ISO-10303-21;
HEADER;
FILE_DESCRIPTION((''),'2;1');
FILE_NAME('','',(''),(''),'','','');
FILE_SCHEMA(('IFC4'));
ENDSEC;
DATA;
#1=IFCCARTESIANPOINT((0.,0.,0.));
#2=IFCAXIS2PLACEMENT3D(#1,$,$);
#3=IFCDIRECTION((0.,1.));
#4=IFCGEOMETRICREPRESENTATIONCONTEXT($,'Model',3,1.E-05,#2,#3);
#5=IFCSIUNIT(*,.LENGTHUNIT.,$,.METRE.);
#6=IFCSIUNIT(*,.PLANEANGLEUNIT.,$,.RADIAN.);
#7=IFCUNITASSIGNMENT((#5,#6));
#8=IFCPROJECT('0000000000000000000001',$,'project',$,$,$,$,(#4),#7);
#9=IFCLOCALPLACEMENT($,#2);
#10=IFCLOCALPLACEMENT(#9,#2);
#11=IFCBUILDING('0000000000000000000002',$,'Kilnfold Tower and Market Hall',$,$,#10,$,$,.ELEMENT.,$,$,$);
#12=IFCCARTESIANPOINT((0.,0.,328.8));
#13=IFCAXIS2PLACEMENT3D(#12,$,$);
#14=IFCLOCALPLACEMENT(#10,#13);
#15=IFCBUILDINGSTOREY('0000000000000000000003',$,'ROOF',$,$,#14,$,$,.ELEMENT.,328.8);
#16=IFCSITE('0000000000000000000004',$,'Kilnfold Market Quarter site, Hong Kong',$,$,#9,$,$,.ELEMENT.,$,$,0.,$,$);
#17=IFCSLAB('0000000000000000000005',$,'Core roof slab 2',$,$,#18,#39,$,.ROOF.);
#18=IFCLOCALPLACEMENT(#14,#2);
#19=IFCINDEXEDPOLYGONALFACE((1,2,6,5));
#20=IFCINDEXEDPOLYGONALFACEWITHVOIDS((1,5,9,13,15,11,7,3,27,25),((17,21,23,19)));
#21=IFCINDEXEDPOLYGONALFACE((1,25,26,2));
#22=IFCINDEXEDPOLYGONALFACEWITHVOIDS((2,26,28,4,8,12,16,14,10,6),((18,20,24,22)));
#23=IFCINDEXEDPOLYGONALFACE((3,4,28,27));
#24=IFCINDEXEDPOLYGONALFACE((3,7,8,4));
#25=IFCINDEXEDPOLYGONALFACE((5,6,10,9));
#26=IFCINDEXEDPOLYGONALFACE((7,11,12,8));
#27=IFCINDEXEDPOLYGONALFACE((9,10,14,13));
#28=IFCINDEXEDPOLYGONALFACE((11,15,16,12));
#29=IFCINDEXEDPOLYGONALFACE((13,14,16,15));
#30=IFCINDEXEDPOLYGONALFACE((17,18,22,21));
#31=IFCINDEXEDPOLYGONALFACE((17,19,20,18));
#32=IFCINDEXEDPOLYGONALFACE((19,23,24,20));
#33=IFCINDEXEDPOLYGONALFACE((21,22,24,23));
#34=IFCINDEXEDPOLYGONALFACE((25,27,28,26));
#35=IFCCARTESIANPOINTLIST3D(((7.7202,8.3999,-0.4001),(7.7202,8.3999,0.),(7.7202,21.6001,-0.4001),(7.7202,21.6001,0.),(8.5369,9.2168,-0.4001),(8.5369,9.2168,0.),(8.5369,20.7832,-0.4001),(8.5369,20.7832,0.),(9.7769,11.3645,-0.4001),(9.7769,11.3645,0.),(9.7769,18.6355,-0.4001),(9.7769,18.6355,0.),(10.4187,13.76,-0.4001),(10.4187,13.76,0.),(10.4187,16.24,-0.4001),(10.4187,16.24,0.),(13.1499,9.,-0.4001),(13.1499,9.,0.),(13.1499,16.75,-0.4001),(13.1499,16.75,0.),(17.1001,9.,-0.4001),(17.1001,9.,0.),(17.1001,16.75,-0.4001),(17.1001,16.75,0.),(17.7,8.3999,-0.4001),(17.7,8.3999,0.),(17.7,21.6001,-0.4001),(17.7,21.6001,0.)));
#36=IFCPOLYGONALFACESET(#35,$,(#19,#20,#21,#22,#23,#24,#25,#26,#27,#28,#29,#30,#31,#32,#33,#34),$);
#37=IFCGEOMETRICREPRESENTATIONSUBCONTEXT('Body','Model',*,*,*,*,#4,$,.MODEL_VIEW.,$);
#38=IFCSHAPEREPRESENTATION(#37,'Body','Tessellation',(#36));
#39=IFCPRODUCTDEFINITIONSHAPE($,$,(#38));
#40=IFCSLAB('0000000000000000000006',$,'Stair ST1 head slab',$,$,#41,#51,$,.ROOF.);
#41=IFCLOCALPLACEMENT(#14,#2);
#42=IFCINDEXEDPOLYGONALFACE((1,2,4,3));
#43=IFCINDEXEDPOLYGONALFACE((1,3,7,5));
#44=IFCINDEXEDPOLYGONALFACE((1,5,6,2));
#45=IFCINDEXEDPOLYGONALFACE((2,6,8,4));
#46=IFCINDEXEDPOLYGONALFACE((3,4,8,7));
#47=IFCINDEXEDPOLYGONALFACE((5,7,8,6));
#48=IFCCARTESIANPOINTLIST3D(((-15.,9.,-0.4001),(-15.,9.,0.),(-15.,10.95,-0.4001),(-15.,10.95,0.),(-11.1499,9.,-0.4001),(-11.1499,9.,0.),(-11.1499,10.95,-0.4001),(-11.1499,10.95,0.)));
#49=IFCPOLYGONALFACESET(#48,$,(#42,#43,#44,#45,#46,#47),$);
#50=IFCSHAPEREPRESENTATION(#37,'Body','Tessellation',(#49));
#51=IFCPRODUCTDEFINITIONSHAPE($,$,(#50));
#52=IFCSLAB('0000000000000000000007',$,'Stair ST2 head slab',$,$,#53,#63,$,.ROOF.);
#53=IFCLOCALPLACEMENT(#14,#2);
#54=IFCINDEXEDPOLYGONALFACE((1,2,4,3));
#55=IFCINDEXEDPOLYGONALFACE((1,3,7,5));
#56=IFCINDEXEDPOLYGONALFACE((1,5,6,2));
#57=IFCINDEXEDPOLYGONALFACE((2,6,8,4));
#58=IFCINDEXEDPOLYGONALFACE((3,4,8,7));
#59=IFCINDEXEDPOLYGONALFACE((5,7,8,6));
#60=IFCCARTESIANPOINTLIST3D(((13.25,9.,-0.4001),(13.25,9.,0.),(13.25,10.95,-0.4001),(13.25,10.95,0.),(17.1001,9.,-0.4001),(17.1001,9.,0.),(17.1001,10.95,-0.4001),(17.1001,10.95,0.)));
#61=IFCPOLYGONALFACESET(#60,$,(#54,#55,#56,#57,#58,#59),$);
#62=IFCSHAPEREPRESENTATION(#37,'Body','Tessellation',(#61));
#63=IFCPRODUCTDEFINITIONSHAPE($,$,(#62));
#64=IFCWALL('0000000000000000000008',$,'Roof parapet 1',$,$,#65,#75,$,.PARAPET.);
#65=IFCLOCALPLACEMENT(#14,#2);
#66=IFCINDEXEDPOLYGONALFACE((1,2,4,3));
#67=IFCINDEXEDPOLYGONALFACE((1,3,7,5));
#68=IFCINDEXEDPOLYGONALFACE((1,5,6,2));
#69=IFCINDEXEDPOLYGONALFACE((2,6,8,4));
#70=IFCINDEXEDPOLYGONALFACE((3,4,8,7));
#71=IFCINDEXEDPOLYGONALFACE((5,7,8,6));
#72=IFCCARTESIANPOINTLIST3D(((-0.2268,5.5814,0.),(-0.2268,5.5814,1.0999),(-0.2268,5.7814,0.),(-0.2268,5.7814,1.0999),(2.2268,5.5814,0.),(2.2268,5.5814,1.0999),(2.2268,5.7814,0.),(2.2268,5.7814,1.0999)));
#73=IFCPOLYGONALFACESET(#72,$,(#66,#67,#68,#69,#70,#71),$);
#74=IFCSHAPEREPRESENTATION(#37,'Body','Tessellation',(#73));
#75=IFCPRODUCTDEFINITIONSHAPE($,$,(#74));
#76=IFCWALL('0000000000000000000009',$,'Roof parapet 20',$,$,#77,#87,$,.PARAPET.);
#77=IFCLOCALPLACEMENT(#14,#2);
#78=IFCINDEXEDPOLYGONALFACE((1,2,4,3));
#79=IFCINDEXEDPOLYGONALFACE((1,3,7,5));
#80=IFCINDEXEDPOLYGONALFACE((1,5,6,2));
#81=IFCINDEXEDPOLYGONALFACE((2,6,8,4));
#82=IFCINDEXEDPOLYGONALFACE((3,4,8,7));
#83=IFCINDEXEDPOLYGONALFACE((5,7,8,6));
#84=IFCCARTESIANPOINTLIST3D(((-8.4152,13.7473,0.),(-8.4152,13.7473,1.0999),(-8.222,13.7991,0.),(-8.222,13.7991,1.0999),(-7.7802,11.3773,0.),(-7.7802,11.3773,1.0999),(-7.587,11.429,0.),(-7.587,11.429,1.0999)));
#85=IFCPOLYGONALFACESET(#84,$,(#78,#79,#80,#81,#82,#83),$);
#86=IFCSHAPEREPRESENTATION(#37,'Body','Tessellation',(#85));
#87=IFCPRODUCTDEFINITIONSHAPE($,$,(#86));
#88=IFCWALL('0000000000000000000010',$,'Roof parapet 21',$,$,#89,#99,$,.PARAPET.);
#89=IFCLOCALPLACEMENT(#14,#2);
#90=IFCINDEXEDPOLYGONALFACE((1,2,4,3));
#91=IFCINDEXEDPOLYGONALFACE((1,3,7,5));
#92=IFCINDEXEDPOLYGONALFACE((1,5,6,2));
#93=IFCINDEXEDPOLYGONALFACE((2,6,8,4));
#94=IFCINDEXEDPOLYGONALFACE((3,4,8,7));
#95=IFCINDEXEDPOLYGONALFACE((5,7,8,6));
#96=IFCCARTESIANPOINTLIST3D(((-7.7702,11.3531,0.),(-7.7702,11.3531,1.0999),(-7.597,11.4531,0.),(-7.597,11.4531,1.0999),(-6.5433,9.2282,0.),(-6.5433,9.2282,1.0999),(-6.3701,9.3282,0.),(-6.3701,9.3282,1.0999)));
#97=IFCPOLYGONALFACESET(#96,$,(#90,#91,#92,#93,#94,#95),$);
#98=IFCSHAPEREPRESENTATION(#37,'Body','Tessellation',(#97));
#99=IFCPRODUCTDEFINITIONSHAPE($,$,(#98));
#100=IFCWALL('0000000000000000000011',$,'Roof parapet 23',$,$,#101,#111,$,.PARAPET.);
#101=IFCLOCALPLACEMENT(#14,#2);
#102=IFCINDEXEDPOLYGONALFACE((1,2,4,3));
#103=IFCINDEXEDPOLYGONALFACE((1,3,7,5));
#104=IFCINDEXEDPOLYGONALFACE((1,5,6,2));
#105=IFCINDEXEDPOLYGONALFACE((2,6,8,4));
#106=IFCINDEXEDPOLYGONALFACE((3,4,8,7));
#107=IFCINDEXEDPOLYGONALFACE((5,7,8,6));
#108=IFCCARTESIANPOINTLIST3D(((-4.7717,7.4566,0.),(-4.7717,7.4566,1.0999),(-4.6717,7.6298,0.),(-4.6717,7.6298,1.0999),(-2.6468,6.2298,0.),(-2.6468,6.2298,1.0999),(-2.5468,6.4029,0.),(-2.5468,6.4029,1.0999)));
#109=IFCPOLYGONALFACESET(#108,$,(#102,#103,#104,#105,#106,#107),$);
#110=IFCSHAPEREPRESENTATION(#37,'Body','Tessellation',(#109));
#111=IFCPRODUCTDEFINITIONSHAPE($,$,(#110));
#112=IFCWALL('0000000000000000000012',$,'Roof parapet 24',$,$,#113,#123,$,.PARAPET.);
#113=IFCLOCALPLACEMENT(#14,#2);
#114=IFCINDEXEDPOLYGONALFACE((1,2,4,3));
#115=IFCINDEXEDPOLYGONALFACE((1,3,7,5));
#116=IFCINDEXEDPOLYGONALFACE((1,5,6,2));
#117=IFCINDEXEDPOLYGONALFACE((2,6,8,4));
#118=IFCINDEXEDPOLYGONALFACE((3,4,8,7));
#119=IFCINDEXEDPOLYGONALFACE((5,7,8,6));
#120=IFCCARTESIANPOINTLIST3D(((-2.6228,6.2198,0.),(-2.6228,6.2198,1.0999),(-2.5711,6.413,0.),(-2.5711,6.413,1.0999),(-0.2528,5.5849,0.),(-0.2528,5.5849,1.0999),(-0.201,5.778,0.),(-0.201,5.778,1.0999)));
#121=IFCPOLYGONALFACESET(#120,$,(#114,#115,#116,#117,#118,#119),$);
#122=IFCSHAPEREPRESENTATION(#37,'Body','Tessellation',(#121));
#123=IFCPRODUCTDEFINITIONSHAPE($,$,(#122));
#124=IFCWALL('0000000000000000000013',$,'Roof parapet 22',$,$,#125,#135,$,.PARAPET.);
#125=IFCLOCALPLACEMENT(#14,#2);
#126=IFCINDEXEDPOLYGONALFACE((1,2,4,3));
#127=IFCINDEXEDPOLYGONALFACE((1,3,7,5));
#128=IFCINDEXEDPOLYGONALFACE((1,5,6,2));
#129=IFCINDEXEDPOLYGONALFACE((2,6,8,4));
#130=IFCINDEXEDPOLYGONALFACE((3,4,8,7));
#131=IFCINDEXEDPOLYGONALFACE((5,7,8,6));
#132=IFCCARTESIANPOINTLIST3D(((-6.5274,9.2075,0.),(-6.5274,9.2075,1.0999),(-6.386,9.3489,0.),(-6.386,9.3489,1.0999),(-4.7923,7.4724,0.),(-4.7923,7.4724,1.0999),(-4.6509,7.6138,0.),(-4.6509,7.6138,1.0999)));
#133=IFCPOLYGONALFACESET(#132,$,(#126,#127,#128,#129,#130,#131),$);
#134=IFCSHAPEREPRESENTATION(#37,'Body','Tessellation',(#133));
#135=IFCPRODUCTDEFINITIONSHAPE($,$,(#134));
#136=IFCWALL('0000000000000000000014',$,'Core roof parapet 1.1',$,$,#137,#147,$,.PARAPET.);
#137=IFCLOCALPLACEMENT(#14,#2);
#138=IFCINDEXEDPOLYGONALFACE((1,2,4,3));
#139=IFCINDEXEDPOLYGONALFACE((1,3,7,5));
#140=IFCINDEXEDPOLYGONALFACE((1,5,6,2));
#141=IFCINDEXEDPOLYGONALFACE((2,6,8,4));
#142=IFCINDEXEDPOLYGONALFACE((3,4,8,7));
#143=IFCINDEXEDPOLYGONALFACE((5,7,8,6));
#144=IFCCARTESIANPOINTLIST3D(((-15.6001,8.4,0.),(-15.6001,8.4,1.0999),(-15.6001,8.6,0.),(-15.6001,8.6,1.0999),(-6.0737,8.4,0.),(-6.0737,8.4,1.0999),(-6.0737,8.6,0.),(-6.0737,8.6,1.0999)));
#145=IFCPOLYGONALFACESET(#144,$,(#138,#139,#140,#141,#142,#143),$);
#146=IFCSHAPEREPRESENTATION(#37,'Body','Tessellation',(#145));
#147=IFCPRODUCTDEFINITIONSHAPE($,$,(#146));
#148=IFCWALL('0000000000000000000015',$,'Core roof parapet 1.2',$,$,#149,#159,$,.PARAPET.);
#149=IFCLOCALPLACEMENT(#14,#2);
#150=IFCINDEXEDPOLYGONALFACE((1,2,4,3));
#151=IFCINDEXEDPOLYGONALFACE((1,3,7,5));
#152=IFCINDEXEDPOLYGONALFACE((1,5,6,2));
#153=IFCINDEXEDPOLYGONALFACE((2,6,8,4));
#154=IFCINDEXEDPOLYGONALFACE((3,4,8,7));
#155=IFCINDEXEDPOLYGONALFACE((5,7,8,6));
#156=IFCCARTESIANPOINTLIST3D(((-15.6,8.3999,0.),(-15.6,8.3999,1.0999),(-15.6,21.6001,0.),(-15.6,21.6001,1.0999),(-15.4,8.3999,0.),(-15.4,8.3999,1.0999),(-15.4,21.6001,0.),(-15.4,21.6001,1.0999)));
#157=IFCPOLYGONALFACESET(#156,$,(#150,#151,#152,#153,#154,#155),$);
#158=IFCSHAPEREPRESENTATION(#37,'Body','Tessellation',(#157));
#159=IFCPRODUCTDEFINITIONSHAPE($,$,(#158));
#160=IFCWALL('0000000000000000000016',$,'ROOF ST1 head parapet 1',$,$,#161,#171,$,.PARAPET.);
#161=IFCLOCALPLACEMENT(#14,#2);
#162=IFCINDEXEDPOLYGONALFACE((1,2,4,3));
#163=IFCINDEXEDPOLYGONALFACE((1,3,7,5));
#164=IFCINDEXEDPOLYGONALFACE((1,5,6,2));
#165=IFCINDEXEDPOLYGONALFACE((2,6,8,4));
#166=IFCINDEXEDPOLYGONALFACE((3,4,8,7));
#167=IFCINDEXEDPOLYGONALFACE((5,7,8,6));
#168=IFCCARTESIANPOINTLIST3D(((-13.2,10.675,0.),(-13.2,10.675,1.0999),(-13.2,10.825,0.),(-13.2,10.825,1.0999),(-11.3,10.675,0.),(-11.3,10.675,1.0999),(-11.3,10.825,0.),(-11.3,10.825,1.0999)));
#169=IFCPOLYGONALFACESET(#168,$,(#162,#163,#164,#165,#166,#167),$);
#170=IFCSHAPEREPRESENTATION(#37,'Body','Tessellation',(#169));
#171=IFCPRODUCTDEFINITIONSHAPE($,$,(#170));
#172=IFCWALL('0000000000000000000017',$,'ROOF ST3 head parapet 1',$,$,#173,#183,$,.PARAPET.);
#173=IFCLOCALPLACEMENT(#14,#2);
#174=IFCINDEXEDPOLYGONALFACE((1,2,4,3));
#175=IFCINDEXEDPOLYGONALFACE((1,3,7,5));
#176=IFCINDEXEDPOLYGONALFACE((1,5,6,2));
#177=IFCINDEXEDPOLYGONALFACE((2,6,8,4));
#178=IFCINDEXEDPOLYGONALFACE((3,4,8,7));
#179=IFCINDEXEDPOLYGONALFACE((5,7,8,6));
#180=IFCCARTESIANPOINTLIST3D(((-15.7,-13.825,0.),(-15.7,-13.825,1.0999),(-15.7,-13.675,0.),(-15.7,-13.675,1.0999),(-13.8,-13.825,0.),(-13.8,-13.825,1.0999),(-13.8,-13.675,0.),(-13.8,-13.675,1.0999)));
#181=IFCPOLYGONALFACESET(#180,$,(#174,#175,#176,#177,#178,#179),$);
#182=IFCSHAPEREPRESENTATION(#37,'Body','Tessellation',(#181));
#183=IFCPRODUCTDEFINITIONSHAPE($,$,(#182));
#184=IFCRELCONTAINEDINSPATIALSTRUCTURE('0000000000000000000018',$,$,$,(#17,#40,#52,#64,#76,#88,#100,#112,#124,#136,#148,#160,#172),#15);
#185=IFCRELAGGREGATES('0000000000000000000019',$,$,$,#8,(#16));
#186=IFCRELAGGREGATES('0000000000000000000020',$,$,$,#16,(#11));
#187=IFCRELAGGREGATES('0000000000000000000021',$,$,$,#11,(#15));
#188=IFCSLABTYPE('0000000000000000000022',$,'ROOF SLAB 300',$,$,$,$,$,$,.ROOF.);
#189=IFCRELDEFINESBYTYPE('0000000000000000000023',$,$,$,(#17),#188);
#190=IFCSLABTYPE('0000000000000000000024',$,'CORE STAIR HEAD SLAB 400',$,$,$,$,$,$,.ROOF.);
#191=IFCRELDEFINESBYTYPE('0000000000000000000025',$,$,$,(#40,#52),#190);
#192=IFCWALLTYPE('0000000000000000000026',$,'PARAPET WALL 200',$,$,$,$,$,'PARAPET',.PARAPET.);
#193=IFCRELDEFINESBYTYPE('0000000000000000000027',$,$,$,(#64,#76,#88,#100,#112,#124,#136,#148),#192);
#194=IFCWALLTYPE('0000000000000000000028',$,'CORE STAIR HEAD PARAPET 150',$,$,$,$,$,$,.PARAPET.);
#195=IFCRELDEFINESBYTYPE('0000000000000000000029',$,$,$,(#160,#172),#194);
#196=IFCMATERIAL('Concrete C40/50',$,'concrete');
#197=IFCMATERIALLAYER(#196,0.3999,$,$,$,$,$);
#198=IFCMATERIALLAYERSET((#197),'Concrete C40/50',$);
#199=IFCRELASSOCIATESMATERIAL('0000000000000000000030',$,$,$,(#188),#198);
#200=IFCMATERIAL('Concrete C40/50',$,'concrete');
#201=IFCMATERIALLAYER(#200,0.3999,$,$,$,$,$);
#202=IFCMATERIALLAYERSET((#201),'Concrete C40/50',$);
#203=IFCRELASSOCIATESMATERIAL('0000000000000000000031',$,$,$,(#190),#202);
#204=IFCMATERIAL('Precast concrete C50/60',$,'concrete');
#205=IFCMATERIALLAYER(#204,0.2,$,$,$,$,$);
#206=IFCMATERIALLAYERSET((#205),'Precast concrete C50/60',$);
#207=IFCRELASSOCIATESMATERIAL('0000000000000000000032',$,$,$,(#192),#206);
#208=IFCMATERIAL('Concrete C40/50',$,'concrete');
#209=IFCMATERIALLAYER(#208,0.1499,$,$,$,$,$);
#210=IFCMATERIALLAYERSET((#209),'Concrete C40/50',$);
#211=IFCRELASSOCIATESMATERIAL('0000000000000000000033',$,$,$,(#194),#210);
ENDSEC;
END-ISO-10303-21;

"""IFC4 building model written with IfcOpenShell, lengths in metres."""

from ifc_helpers import new_model, si_unit, direction, frame, frame_2d, origin, place, context, subcontext, project, spatial, polyline, rectangle, outline, extrude, source, transform, mapped, material, layer, layer_set, type_object, element, save


model = new_model("IFC4")

# Units and contexts
model_context = context("Model", 3, precision=1e-05, world=origin(), true_north=direction((0.0, 1.0)))
body_context = subcontext(model_context, "Body", "Model", "MODEL_VIEW")
ifc_project = project(units=[si_unit("LENGTHUNIT", "METRE"), si_unit("PLANEANGLEUNIT", "RADIAN")], contexts=[model_context])

# Site, building, storey
site_placement = place(None, origin())
site = spatial("IfcSite", under=ifc_project, at=site_placement, Name="Kilnfold Market Quarter site, Hong Kong", CompositionType="ELEMENT", RefElevation=0.0)
building_placement = place(site_placement, origin())
building = spatial("IfcBuilding", under=site, at=building_placement, Name="Kilnfold Tower and Market Hall", CompositionType="ELEMENT")
storey_placement = place(building_placement, frame((0.0, 0.0, 328.8)))
storey = spatial("IfcBuildingStorey", under=building, at=storey_placement, Name="ROOF", CompositionType="ELEMENT", Elevation=328.8)

# Slabs
ifc_material_1 = material(Name="Concrete C40/50", Category="concrete")
ifc_layer_1 = layer(ifc_material_1, 0.3999)
ifc_layer_set_1 = layer_set([ifc_layer_1], Name="Concrete C40/50")
slab_type_1 = type_object("IfcSlabType", Name="ROOF SLAB 300", PredefinedType="ROOF", material=ifc_layer_set_1)
shared_shape_1 = source(origin(), body_context, "Body", "SweptSolid", [
    extrude(outline(polyline([(17.7, 8.3999), (7.7202, 8.3999), (8.5369, 9.2168), (9.7769, 11.3645), (10.4187, 13.76), (10.4187, 16.24), (9.7769, 18.6355), (8.5369, 20.7832), (7.7202, 21.6001), (17.7, 21.6001), (17.7, 8.3999)]), holes=[polyline([(13.1499, 16.75), (13.1499, 9.0), (17.1001, 9.0), (17.1001, 16.75), (13.1499, 16.75)])]), origin(), (0.0, 0.0, 1.0), 0.4001),
])
slab_1_placement = place(storey_placement, frame((0.0, 0.0, -0.4001)))
element("IfcSlab", 1, at=slab_1_placement, inside=storey, type_object=slab_type_1, Name="Core roof slab 2", PredefinedType="ROOF", context=body_context, shape_type="MappedRepresentation", body=[
    mapped(shared_shape_1, transform((0.0, 0.0, 0.0))),
])
ifc_material_2 = material(Name="Concrete C40/50", Category="concrete")
ifc_layer_2 = layer(ifc_material_2, 0.3999)
ifc_layer_set_2 = layer_set([ifc_layer_2], Name="Concrete C40/50")
slab_type_2 = type_object("IfcSlabType", Name="CORE STAIR HEAD SLAB 400", PredefinedType="ROOF", material=ifc_layer_set_2)
shared_shape_2 = source(origin(), body_context, "Body", "SweptSolid", [
    extrude(outline(polyline([(-11.1499, 10.95), (-11.1499, 9.0), (-15.0, 9.0), (-15.0, 10.95), (-11.1499, 10.95)])), origin(), (0.0, 0.0, 1.0), 0.4001),
])
slab_2_placement = place(storey_placement, frame((0.0, 0.0, -0.4001)))
element("IfcSlab", 2, at=slab_2_placement, inside=storey, type_object=slab_type_2, Name="Stair ST1 head slab", PredefinedType="ROOF", context=body_context, shape_type="MappedRepresentation", body=[
    mapped(shared_shape_2, transform((0.0, 0.0, 0.0))),
])
shared_shape_3 = source(origin(), body_context, "Body", "SweptSolid", [
    extrude(outline(polyline([(13.25, 10.95), (17.1001, 10.95), (17.1001, 9.0), (13.25, 9.0), (13.25, 10.95)])), origin(), (0.0, 0.0, 1.0), 0.4001),
])
slab_3_placement = place(storey_placement, frame((0.0, 0.0, -0.4001)))
element("IfcSlab", 3, at=slab_3_placement, inside=storey, type_object=slab_type_2, Name="Stair ST2 head slab", PredefinedType="ROOF", context=body_context, shape_type="MappedRepresentation", body=[
    mapped(shared_shape_3, transform((0.0, 0.0, 0.0))),
])

# Walls
ifc_material_3 = material(Name="Precast concrete C50/60", Category="concrete")
ifc_layer_3 = layer(ifc_material_3, 0.2)
ifc_layer_set_3 = layer_set([ifc_layer_3], Name="Precast concrete C50/60")
wall_type_1 = type_object("IfcWallType", Name="PARAPET WALL 200", ElementType="PARAPET", PredefinedType="PARAPET", material=ifc_layer_set_3)
shared_shape_4 = source(origin(), body_context, "Body", "SweptSolid", [
    extrude(rectangle(XDim=2.4536, YDim=0.2, at=frame_2d((1.2268, 0.0))), origin(), (0.0, 0.0, 1.0), 1.0999),
])
for number, where, z_axis, x_axis, name in (
    (4, (-0.2268, 5.6814, 0.0), (0.0, 0.0, 1.0), (1.0, 0.0, 0.0), "Roof parapet 1"),
    (5, (-8.3186, 13.7732, 0.0), (0.0, 0.0, 1.0), (0.258796, -0.965932, 0.0), "Roof parapet 20"),
    (6, (-7.6836, 11.4031, 0.0), (0.0, 0.0, 1.0), (0.500024, -0.866012, 0.0), "Roof parapet 21"),
    (7, (-4.7217, 7.5432, 0.0), (0.0, 0.0, 1.0), (0.866012, -0.500024, 0.0), "Roof parapet 23"),
    (8, (-2.5969, 6.3164, 0.0), (0.0, 0.0, 1.0), (0.965932, -0.258796, 0.0), "Roof parapet 24"),
):
    element("IfcWall", number, at=place(storey_placement, frame(where, z_axis=z_axis, x_axis=x_axis)), inside=storey, type_object=wall_type_1, Name=name, PredefinedType="PARAPET", context=body_context, shape_type="MappedRepresentation", body=[
        mapped(shared_shape_4, transform((0.0, 0.0, 0.0))),
    ])
shared_shape_5 = source(origin(), body_context, "Body", "SweptSolid", [
    extrude(rectangle(XDim=2.4539, YDim=0.2, at=frame_2d((1.2271, 0.0))), origin(), (0.0, 0.0, 1.0), 1.0999),
])
wall_1_placement = place(storey_placement, frame((-6.4568, 9.2783, 0.0), z_axis=(0.0, 0.0, 1.0), x_axis=(0.707107, -0.707107, 0.0)))
element("IfcWall", 9, at=wall_1_placement, inside=storey, type_object=wall_type_1, Name="Roof parapet 22", PredefinedType="PARAPET", context=body_context, shape_type="MappedRepresentation", body=[
    mapped(shared_shape_5, transform((0.0, 0.0, 0.0))),
])
shared_shape_6 = source(origin(), body_context, "Body", "SweptSolid", [
    extrude(rectangle(XDim=9.5264, YDim=0.2, at=frame_2d((4.7632, 0.0))), origin(), (0.0, 0.0, 1.0), 1.0999),
])
wall_2_placement = place(storey_placement, frame((-6.0737, 8.5, 0.0), z_axis=(0.0, 0.0, 1.0), x_axis=(-1.0, 0.0, 0.0)))
element("IfcWall", 10, at=wall_2_placement, inside=storey, type_object=wall_type_1, Name="Core roof parapet 1.1", PredefinedType="PARAPET", context=body_context, shape_type="MappedRepresentation", body=[
    mapped(shared_shape_6, transform((0.0, 0.0, 0.0))),
])
shared_shape_7 = source(origin(), body_context, "Body", "SweptSolid", [
    extrude(rectangle(XDim=13.2002, YDim=0.2, at=frame_2d((6.6001, 0.0))), origin(), (0.0, 0.0, 1.0), 1.0999),
])
wall_3_placement = place(storey_placement, frame((-15.5, 8.3999, 0.0), z_axis=(0.0, 0.0, 1.0), x_axis=(0.0, 1.0, 0.0)))
element("IfcWall", 11, at=wall_3_placement, inside=storey, type_object=wall_type_1, Name="Core roof parapet 1.2", PredefinedType="PARAPET", context=body_context, shape_type="MappedRepresentation", body=[
    mapped(shared_shape_7, transform((0.0, 0.0, 0.0))),
])
ifc_material_4 = material(Name="Concrete C40/50", Category="concrete")
ifc_layer_4 = layer(ifc_material_4, 0.1499)
ifc_layer_set_4 = layer_set([ifc_layer_4], Name="Concrete C40/50")
wall_type_2 = type_object("IfcWallType", Name="CORE STAIR HEAD PARAPET 150", PredefinedType="PARAPET", material=ifc_layer_set_4)
shared_shape_8 = source(origin(), body_context, "Body", "SweptSolid", [
    extrude(rectangle(XDim=1.8999, YDim=0.1499, at=frame_2d((0.95, 0.0))), origin(), (0.0, 0.0, 1.0), 1.0999),
])
for number, where, z_axis, x_axis, name in (
    (12, (-11.3, 10.75, 0.0), (0.0, 0.0, 1.0), (-1.0, 0.0, 0.0), "ROOF ST1 head parapet 1"),
    (13, (-13.8, -13.75, 0.0), (0.0, 0.0, 1.0), (-1.0, 0.0, 0.0), "ROOF ST3 head parapet 1"),
):
    element("IfcWall", number, at=place(storey_placement, frame(where, z_axis=z_axis, x_axis=x_axis)), inside=storey, type_object=wall_type_2, Name=name, PredefinedType="PARAPET", context=body_context, shape_type="MappedRepresentation", body=[
        mapped(shared_shape_8, transform((0.0, 0.0, 0.0))),
    ])

save(model, "model.ifc")
